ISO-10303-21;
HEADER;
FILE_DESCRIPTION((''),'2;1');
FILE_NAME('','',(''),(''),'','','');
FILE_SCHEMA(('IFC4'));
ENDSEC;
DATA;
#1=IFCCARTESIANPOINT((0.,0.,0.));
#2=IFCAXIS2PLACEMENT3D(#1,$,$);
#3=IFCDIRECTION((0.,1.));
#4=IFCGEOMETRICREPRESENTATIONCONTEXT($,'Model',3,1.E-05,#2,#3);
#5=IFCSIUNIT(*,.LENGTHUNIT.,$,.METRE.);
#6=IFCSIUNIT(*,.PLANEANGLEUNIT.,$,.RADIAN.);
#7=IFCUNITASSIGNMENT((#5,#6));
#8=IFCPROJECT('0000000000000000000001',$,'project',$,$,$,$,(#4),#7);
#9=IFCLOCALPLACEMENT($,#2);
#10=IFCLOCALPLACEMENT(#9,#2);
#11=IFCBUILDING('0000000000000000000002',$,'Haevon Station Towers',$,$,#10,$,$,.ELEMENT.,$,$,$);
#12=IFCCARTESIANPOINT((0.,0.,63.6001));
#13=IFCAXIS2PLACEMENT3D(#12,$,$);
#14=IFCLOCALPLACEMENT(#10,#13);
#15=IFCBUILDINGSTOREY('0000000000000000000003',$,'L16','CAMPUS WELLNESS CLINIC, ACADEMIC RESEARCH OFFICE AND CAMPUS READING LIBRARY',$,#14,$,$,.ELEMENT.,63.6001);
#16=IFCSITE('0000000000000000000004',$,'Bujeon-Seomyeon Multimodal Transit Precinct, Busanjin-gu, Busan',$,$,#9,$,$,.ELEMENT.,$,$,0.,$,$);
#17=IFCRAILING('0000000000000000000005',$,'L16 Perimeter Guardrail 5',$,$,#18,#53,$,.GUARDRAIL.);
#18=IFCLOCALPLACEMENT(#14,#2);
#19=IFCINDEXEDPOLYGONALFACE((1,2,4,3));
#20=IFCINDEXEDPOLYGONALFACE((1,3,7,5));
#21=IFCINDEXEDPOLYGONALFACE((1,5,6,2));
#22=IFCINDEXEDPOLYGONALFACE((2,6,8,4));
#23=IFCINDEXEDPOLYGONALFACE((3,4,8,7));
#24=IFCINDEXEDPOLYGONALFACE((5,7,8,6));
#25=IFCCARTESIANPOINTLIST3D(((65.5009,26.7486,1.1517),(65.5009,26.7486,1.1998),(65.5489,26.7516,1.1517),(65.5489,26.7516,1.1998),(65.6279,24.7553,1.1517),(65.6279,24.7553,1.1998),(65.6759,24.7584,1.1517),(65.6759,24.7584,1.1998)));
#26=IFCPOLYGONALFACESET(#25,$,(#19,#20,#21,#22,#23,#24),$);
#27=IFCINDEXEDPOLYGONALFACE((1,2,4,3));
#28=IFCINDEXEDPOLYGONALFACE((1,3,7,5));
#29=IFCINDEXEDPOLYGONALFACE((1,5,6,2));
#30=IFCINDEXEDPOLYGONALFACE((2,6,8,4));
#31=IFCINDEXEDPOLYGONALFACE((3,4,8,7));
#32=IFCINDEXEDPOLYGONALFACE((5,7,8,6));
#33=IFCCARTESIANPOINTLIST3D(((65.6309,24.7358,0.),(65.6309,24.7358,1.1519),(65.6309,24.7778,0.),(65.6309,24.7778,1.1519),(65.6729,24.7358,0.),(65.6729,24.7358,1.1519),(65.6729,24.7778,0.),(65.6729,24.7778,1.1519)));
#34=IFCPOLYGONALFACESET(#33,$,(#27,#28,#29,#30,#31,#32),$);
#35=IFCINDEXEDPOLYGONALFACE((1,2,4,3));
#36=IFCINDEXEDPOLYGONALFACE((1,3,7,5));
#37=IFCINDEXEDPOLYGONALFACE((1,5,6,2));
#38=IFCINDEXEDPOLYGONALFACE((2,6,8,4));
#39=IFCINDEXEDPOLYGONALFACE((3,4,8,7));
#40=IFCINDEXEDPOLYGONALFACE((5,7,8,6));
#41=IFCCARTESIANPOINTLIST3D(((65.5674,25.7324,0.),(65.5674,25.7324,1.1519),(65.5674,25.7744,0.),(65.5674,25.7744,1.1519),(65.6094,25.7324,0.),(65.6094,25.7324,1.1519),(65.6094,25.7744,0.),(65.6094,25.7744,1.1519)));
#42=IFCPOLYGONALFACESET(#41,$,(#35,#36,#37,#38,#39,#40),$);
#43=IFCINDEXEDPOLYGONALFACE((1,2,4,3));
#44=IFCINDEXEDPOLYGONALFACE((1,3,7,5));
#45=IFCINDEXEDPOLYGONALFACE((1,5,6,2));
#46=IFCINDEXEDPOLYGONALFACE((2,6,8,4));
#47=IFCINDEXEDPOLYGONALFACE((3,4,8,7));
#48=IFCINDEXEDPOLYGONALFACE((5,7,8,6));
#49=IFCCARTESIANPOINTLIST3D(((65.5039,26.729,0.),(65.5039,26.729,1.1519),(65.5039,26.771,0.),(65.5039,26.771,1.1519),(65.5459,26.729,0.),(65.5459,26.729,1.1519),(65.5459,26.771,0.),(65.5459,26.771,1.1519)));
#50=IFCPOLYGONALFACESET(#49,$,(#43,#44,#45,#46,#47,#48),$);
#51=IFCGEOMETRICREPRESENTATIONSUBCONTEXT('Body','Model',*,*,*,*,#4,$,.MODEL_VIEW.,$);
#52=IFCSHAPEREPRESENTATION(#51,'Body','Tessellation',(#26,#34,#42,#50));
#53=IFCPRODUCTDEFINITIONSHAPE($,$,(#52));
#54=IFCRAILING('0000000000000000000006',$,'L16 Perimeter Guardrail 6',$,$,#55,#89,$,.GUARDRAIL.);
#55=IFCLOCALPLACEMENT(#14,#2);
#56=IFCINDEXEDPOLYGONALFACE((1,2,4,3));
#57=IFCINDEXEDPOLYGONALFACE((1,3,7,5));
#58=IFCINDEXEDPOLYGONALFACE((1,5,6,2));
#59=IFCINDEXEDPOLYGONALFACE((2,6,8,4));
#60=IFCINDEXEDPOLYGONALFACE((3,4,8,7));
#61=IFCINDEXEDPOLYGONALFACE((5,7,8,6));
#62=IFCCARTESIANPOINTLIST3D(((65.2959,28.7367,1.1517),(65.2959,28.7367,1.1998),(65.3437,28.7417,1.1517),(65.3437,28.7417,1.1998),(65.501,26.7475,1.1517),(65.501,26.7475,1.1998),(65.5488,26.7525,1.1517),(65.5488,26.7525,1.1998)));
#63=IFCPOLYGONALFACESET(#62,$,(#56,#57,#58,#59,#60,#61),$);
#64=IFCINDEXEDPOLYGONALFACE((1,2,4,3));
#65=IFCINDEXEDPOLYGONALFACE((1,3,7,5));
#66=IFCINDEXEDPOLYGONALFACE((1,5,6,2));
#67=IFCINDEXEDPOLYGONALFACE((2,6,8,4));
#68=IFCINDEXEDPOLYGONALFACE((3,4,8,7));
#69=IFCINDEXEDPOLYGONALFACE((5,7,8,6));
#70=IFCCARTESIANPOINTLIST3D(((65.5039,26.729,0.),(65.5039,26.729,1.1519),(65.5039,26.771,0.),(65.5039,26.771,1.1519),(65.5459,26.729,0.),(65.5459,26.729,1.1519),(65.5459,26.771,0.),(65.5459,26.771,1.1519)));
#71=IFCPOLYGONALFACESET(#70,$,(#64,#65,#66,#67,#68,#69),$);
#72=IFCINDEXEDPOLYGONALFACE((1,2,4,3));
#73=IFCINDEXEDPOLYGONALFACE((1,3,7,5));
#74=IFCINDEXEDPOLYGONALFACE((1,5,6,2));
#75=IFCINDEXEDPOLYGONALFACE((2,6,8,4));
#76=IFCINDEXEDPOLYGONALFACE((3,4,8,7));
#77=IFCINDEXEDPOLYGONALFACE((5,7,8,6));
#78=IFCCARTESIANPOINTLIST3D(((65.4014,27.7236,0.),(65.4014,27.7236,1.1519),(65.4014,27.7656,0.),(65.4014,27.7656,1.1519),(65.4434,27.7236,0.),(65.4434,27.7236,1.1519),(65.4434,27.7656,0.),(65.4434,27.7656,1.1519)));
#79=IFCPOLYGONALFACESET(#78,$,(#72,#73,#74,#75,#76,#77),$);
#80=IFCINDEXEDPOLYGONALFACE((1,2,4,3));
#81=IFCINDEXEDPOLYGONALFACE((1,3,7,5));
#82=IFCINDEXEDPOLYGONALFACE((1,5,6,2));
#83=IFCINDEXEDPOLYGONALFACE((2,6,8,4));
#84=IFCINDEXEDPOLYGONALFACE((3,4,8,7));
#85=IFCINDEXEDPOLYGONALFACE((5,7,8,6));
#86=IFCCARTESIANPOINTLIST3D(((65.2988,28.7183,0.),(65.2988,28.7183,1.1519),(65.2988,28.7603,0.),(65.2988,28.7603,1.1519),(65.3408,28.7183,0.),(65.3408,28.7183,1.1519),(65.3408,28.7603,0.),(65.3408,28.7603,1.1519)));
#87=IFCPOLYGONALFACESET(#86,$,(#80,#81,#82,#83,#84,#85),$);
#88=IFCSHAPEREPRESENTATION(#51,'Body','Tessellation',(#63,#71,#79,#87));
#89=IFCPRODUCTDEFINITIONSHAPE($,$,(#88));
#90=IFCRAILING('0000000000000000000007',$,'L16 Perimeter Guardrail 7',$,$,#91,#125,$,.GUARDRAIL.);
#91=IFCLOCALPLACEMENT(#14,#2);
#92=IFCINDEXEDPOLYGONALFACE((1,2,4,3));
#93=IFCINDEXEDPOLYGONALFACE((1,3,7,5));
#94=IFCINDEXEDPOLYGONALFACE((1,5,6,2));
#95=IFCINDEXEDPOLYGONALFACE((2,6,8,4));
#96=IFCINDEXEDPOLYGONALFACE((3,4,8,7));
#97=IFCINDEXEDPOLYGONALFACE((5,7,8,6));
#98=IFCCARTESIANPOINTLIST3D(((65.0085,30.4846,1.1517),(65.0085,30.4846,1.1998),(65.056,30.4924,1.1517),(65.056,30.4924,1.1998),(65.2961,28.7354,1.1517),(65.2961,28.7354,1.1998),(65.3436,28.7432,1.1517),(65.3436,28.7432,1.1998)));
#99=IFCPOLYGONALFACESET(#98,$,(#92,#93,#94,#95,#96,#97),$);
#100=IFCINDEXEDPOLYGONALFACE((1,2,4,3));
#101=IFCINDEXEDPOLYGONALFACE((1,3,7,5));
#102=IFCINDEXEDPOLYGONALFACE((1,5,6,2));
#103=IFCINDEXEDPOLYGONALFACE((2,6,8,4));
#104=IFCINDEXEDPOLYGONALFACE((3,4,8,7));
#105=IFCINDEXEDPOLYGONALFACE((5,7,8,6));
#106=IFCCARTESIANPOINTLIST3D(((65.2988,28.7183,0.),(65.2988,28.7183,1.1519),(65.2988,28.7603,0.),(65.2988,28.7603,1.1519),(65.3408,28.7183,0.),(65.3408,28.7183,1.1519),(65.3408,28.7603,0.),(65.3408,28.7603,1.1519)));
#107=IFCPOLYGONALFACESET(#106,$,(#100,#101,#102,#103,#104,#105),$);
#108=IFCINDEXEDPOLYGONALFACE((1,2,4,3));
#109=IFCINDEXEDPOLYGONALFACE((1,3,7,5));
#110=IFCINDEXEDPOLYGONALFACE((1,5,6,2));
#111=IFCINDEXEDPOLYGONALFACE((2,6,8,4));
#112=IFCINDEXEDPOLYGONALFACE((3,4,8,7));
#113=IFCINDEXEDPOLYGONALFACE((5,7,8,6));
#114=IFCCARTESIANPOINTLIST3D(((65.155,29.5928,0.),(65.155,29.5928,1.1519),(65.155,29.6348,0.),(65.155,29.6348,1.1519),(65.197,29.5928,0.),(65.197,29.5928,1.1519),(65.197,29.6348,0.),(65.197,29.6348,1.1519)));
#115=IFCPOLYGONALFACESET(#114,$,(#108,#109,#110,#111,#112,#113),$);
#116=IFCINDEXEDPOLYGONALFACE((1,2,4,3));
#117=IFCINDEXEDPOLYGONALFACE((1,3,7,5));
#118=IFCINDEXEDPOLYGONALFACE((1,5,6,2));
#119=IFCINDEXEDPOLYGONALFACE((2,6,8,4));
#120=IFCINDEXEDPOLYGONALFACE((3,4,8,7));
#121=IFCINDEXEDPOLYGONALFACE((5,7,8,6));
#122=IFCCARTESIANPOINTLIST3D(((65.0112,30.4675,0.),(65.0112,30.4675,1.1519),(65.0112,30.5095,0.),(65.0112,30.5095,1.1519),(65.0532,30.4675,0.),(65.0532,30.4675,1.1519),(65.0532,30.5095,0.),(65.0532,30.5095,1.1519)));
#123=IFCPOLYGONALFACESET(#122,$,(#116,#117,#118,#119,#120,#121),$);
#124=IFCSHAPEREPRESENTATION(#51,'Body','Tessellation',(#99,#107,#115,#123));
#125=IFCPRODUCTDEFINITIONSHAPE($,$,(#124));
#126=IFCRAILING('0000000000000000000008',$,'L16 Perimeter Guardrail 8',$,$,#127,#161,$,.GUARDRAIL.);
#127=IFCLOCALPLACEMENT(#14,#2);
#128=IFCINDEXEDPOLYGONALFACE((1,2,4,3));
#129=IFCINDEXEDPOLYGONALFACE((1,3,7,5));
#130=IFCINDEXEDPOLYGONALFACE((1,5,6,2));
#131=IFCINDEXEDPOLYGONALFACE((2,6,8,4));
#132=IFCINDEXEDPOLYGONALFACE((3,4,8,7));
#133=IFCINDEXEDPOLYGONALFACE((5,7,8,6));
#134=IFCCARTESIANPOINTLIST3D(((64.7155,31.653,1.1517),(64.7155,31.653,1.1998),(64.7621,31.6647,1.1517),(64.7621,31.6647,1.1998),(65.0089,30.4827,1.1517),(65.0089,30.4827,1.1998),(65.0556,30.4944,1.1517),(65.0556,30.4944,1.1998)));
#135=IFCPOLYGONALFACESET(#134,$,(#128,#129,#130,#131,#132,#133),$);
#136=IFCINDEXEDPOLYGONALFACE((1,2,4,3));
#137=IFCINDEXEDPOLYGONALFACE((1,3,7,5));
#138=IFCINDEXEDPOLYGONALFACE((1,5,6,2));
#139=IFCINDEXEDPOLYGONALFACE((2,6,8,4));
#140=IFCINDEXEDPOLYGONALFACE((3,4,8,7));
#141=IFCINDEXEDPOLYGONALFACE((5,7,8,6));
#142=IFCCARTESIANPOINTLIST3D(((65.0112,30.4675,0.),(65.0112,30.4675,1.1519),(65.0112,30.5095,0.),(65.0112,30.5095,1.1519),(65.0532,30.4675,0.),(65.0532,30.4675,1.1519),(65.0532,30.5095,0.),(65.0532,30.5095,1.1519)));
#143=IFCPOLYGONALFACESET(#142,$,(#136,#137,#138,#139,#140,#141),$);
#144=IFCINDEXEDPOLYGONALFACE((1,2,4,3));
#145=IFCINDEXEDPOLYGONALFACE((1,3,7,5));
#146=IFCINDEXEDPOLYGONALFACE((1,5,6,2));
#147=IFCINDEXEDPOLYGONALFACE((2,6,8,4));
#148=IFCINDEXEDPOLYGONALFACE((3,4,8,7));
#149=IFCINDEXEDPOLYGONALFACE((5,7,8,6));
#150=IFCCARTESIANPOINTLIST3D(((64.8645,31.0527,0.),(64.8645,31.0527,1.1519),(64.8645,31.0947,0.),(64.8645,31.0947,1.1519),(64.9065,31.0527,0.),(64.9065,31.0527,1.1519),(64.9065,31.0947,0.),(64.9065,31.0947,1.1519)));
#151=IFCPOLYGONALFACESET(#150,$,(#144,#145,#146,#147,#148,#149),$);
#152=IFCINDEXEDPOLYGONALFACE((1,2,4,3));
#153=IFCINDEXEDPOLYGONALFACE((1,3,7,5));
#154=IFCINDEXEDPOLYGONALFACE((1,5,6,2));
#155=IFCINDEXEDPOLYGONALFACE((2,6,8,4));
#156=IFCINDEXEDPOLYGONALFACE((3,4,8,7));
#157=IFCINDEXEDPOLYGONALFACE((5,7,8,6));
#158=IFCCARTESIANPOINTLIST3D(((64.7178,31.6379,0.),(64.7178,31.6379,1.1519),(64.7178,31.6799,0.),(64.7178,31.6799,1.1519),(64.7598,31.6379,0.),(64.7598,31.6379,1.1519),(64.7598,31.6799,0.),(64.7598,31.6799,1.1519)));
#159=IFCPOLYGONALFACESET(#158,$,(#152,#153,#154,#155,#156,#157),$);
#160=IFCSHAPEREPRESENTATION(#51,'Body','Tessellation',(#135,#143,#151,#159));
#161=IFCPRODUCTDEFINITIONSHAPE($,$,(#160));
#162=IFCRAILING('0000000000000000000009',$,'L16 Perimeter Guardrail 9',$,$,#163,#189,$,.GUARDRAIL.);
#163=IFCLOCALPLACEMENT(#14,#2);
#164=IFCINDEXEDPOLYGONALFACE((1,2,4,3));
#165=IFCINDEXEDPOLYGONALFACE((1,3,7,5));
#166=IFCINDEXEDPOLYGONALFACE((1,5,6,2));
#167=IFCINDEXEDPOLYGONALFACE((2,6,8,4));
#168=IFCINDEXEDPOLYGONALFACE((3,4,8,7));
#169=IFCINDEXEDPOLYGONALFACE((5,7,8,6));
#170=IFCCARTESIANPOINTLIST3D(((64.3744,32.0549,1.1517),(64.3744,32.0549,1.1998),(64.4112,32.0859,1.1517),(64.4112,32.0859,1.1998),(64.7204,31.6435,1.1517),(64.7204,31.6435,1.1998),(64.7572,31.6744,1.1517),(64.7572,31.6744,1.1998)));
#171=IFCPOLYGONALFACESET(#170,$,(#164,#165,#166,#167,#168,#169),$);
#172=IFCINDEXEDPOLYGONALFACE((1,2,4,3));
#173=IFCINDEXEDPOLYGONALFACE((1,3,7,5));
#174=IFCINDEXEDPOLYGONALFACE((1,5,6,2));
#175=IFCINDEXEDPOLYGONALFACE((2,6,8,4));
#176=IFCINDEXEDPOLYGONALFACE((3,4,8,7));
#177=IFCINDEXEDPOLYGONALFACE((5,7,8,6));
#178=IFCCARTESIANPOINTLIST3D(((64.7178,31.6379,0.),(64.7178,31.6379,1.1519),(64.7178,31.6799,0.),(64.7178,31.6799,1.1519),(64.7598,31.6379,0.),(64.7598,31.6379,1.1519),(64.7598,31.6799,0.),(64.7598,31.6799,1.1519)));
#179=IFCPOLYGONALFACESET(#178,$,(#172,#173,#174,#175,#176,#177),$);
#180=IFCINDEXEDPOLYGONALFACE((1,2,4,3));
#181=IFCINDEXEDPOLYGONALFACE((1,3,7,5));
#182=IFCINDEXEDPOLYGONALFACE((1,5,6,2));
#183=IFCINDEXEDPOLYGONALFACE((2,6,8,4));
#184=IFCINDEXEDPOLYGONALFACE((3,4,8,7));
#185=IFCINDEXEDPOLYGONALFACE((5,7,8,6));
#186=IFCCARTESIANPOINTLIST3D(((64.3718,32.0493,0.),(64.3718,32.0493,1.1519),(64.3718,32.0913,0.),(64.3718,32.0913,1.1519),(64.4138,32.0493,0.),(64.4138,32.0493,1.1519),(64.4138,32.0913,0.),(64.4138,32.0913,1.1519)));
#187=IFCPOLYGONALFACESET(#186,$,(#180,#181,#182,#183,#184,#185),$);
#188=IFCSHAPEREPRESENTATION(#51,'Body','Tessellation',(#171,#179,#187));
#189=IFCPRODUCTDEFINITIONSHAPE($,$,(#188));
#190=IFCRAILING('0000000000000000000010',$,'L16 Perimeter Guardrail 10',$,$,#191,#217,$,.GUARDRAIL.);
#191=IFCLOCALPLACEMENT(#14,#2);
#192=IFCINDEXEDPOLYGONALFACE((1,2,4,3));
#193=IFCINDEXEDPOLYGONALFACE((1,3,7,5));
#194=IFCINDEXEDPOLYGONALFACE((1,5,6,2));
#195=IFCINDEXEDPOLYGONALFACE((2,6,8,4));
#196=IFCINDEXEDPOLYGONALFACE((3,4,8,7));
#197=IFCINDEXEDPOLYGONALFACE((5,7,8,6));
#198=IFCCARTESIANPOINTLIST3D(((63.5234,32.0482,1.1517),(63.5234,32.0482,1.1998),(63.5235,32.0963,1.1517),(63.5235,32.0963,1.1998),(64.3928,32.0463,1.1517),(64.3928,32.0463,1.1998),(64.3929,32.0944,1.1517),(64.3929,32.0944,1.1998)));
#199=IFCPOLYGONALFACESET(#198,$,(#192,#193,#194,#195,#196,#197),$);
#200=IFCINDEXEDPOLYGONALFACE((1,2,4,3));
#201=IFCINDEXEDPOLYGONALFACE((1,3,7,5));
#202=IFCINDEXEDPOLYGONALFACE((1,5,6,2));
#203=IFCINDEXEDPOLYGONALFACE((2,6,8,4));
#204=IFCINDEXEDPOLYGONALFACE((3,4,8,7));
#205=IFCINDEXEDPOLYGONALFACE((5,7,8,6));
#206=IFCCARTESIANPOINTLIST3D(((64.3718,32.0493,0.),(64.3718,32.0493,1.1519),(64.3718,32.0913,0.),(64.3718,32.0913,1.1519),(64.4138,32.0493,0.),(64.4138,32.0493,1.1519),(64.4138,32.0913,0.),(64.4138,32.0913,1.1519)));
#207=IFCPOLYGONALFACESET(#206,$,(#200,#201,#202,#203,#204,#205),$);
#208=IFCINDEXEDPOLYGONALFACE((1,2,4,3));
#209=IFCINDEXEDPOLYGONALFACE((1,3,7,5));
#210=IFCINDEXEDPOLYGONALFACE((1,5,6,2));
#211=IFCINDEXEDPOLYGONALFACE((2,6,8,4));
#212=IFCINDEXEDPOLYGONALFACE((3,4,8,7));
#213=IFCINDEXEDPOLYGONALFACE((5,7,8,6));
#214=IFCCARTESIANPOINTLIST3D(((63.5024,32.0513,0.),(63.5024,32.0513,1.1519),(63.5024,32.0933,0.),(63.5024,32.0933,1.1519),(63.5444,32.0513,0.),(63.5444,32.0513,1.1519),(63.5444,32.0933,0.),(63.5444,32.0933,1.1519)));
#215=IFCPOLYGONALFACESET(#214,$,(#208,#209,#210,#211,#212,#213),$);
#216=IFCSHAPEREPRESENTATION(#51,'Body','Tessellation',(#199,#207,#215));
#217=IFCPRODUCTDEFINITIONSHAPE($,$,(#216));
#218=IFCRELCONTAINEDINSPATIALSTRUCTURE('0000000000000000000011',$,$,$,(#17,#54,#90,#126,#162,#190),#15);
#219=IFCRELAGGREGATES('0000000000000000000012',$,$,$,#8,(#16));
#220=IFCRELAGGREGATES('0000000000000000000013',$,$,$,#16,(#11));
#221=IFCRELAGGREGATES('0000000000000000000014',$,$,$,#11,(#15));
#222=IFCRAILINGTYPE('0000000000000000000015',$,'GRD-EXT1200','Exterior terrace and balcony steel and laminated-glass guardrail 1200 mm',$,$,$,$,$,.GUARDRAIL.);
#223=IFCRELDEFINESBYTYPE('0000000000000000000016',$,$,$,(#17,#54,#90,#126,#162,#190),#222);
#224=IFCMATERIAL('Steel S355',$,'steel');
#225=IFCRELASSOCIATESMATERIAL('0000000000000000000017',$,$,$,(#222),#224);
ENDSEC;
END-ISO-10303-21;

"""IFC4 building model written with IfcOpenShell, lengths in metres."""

from ifc_helpers import new_model, si_unit, direction, frame, origin, origin_2d, place, context, subcontext, project, spatial, rectangle, extrude, material, type_object, element, save


model = new_model("IFC4")

# Units and contexts
model_context = context("Model", 3, precision=1e-05, world=origin(), true_north=direction((0.0, 1.0)))
body_context = subcontext(model_context, "Body", "Model", "MODEL_VIEW")
ifc_project = project(units=[si_unit("LENGTHUNIT", "METRE"), si_unit("PLANEANGLEUNIT", "RADIAN")], contexts=[model_context])

# Site, building, storey
site_placement = place(None, origin())
site = spatial("IfcSite", under=ifc_project, at=site_placement, Name="Bujeon-Seomyeon Multimodal Transit Precinct, Busanjin-gu, Busan", CompositionType="ELEMENT", RefElevation=0.0)
building_placement = place(site_placement, origin())
building = spatial("IfcBuilding", under=site, at=building_placement, Name="Haevon Station Towers", CompositionType="ELEMENT")
storey_placement = place(building_placement, frame((0.0, 0.0, 63.6001)))
storey = spatial("IfcBuildingStorey", under=building, at=storey_placement, Name="L16", Description="CAMPUS WELLNESS CLINIC, ACADEMIC RESEARCH OFFICE AND CAMPUS READING LIBRARY", CompositionType="ELEMENT", Elevation=63.6001)

# Shared definitions
ifc_material_1 = material(Name="Steel S355", Category="steel")

# Railings
railing_type = type_object("IfcRailingType", Name="GRD-EXT1200", Description="Exterior terrace and balcony steel and laminated-glass guardrail 1200 mm", PredefinedType="GUARDRAIL", material=ifc_material_1)
railing_1_placement = place(storey_placement, frame((65.6519, 24.7568, 0.0)))
element("IfcRailing", 1, at=railing_1_placement, inside=storey, type_object=railing_type, Name="L16 Perimeter Guardrail 5", PredefinedType="GUARDRAIL", context=body_context, shape_type="SweptSolid", body=[
    extrude(rectangle(XDim=0.0481, YDim=0.0481, at=origin_2d()), frame((0.0, 0.0, 1.1758), z_axis=(-0.063565, 0.997978, 0.0), x_axis=(-0.997978, -0.063565, 0.0)), (0.0, 0.0, 1.0), 1.9973),
    extrude(rectangle(XDim=0.042, YDim=0.042, at=origin_2d()), origin(), (0.0, 0.0, 1.0), 1.1519),
    extrude(rectangle(XDim=0.042, YDim=0.042, at=origin_2d()), frame((-0.0635, 0.9966, 0.0)), (0.0, 0.0, 1.0), 1.1519),
    extrude(rectangle(XDim=0.042, YDim=0.042, at=origin_2d()), frame((-0.127, 1.9932, 0.0)), (0.0, 0.0, 1.0), 1.1519),
])
railing_2_placement = place(storey_placement, frame((65.5249, 26.75, 0.0)))
element("IfcRailing", 2, at=railing_2_placement, inside=storey, type_object=railing_type, Name="L16 Perimeter Guardrail 6", PredefinedType="GUARDRAIL", context=body_context, shape_type="SweptSolid", body=[
    extrude(rectangle(XDim=0.0481, YDim=0.0481, at=origin_2d()), frame((0.0, 0.0, 1.1758), z_axis=(-0.102549, 0.994728, 0.0), x_axis=(-0.994728, -0.102549, 0.0)), (0.0, 0.0, 1.0), 1.9998),
    extrude(rectangle(XDim=0.042, YDim=0.042, at=origin_2d()), origin(), (0.0, 0.0, 1.0), 1.1519),
    extrude(rectangle(XDim=0.042, YDim=0.042, at=origin_2d()), frame((-0.1025, 0.9946, 0.0)), (0.0, 0.0, 1.0), 1.1519),
    extrude(rectangle(XDim=0.042, YDim=0.042, at=origin_2d()), frame((-0.2051, 1.9893, 0.0)), (0.0, 0.0, 1.0), 1.1519),
])
railing_3_placement = place(storey_placement, frame((65.3198, 28.7393, 0.0)))
element("IfcRailing", 3, at=railing_3_placement, inside=storey, type_object=railing_type, Name="L16 Perimeter Guardrail 7", PredefinedType="GUARDRAIL", context=body_context, shape_type="SweptSolid", body=[
    extrude(rectangle(XDim=0.0481, YDim=0.0481, at=origin_2d()), frame((0.0, 0.0, 1.1758), z_axis=(-0.162232, 0.986753, 0.0), x_axis=(-0.986753, -0.162232, 0.0)), (0.0, 0.0, 1.0), 1.7727),
    extrude(rectangle(XDim=0.042, YDim=0.042, at=origin_2d()), origin(), (0.0, 0.0, 1.0), 1.1519),
    extrude(rectangle(XDim=0.042, YDim=0.042, at=origin_2d()), frame((-0.1438, 0.8745, 0.0)), (0.0, 0.0, 1.0), 1.1519),
    extrude(rectangle(XDim=0.042, YDim=0.042, at=origin_2d()), frame((-0.2876, 1.7493, 0.0)), (0.0, 0.0, 1.0), 1.1519),
])
railing_4_placement = place(storey_placement, frame((65.0322, 30.4885, 0.0)))
element("IfcRailing", 4, at=railing_4_placement, inside=storey, type_object=railing_type, Name="L16 Perimeter Guardrail 8", PredefinedType="GUARDRAIL", context=body_context, shape_type="SweptSolid", body=[
    extrude(rectangle(XDim=0.0481, YDim=0.0481, at=origin_2d()), frame((0.0, 0.0, 1.1758), z_axis=(-0.243202, 0.969976, 0.0), x_axis=(-0.969976, -0.243202, 0.0)), (0.0, 0.0, 1.0), 1.2065),
    extrude(rectangle(XDim=0.042, YDim=0.042, at=origin_2d()), origin(), (0.0, 0.0, 1.0), 1.1519),
    extrude(rectangle(XDim=0.042, YDim=0.042, at=origin_2d()), frame((-0.1467, 0.5852, 0.0)), (0.0, 0.0, 1.0), 1.1519),
    extrude(rectangle(XDim=0.042, YDim=0.042, at=origin_2d()), frame((-0.2935, 1.1704, 0.0)), (0.0, 0.0, 1.0), 1.1519),
])
railing_5_placement = place(storey_placement, frame((64.7388, 31.6589, 0.0)))
element("IfcRailing", 5, at=railing_5_placement, inside=storey, type_object=railing_type, Name="L16 Perimeter Guardrail 9", PredefinedType="GUARDRAIL", context=body_context, shape_type="SweptSolid", body=[
    extrude(rectangle(XDim=0.0481, YDim=0.0481, at=origin_2d()), frame((0.0, 0.0, 1.1758), z_axis=(-0.643618, 0.765347, 0.0), x_axis=(-0.765347, -0.643618, 0.0)), (0.0, 0.0, 1.0), 0.5376),
    extrude(rectangle(XDim=0.042, YDim=0.042, at=origin_2d()), origin(), (0.0, 0.0, 1.0), 1.1519),
    extrude(rectangle(XDim=0.042, YDim=0.042, at=origin_2d()), frame((-0.3459, 0.4114, 0.0)), (0.0, 0.0, 1.0), 1.1519),
])
railing_6_placement = place(storey_placement, frame((64.3928, 32.0703, 0.0)))
element("IfcRailing", 6, at=railing_6_placement, inside=storey, type_object=railing_type, Name="L16 Perimeter Guardrail 10", PredefinedType="GUARDRAIL", context=body_context, shape_type="SweptSolid", body=[
    extrude(rectangle(XDim=0.0481, YDim=0.0481, at=origin_2d()), frame((0.0, 0.0, 1.1758), z_axis=(-0.999997, 0.002247, 0.0), x_axis=(-0.002247, -0.999997, 0.0)), (0.0, 0.0, 1.0), 0.8694),
    extrude(rectangle(XDim=0.042, YDim=0.042, at=origin_2d()), origin(), (0.0, 0.0, 1.0), 1.1519),
    extrude(rectangle(XDim=0.042, YDim=0.042, at=origin_2d()), frame((-0.8694, 0.002, 0.0)), (0.0, 0.0, 1.0), 1.1519),
])

save(model, "model.ifc")
